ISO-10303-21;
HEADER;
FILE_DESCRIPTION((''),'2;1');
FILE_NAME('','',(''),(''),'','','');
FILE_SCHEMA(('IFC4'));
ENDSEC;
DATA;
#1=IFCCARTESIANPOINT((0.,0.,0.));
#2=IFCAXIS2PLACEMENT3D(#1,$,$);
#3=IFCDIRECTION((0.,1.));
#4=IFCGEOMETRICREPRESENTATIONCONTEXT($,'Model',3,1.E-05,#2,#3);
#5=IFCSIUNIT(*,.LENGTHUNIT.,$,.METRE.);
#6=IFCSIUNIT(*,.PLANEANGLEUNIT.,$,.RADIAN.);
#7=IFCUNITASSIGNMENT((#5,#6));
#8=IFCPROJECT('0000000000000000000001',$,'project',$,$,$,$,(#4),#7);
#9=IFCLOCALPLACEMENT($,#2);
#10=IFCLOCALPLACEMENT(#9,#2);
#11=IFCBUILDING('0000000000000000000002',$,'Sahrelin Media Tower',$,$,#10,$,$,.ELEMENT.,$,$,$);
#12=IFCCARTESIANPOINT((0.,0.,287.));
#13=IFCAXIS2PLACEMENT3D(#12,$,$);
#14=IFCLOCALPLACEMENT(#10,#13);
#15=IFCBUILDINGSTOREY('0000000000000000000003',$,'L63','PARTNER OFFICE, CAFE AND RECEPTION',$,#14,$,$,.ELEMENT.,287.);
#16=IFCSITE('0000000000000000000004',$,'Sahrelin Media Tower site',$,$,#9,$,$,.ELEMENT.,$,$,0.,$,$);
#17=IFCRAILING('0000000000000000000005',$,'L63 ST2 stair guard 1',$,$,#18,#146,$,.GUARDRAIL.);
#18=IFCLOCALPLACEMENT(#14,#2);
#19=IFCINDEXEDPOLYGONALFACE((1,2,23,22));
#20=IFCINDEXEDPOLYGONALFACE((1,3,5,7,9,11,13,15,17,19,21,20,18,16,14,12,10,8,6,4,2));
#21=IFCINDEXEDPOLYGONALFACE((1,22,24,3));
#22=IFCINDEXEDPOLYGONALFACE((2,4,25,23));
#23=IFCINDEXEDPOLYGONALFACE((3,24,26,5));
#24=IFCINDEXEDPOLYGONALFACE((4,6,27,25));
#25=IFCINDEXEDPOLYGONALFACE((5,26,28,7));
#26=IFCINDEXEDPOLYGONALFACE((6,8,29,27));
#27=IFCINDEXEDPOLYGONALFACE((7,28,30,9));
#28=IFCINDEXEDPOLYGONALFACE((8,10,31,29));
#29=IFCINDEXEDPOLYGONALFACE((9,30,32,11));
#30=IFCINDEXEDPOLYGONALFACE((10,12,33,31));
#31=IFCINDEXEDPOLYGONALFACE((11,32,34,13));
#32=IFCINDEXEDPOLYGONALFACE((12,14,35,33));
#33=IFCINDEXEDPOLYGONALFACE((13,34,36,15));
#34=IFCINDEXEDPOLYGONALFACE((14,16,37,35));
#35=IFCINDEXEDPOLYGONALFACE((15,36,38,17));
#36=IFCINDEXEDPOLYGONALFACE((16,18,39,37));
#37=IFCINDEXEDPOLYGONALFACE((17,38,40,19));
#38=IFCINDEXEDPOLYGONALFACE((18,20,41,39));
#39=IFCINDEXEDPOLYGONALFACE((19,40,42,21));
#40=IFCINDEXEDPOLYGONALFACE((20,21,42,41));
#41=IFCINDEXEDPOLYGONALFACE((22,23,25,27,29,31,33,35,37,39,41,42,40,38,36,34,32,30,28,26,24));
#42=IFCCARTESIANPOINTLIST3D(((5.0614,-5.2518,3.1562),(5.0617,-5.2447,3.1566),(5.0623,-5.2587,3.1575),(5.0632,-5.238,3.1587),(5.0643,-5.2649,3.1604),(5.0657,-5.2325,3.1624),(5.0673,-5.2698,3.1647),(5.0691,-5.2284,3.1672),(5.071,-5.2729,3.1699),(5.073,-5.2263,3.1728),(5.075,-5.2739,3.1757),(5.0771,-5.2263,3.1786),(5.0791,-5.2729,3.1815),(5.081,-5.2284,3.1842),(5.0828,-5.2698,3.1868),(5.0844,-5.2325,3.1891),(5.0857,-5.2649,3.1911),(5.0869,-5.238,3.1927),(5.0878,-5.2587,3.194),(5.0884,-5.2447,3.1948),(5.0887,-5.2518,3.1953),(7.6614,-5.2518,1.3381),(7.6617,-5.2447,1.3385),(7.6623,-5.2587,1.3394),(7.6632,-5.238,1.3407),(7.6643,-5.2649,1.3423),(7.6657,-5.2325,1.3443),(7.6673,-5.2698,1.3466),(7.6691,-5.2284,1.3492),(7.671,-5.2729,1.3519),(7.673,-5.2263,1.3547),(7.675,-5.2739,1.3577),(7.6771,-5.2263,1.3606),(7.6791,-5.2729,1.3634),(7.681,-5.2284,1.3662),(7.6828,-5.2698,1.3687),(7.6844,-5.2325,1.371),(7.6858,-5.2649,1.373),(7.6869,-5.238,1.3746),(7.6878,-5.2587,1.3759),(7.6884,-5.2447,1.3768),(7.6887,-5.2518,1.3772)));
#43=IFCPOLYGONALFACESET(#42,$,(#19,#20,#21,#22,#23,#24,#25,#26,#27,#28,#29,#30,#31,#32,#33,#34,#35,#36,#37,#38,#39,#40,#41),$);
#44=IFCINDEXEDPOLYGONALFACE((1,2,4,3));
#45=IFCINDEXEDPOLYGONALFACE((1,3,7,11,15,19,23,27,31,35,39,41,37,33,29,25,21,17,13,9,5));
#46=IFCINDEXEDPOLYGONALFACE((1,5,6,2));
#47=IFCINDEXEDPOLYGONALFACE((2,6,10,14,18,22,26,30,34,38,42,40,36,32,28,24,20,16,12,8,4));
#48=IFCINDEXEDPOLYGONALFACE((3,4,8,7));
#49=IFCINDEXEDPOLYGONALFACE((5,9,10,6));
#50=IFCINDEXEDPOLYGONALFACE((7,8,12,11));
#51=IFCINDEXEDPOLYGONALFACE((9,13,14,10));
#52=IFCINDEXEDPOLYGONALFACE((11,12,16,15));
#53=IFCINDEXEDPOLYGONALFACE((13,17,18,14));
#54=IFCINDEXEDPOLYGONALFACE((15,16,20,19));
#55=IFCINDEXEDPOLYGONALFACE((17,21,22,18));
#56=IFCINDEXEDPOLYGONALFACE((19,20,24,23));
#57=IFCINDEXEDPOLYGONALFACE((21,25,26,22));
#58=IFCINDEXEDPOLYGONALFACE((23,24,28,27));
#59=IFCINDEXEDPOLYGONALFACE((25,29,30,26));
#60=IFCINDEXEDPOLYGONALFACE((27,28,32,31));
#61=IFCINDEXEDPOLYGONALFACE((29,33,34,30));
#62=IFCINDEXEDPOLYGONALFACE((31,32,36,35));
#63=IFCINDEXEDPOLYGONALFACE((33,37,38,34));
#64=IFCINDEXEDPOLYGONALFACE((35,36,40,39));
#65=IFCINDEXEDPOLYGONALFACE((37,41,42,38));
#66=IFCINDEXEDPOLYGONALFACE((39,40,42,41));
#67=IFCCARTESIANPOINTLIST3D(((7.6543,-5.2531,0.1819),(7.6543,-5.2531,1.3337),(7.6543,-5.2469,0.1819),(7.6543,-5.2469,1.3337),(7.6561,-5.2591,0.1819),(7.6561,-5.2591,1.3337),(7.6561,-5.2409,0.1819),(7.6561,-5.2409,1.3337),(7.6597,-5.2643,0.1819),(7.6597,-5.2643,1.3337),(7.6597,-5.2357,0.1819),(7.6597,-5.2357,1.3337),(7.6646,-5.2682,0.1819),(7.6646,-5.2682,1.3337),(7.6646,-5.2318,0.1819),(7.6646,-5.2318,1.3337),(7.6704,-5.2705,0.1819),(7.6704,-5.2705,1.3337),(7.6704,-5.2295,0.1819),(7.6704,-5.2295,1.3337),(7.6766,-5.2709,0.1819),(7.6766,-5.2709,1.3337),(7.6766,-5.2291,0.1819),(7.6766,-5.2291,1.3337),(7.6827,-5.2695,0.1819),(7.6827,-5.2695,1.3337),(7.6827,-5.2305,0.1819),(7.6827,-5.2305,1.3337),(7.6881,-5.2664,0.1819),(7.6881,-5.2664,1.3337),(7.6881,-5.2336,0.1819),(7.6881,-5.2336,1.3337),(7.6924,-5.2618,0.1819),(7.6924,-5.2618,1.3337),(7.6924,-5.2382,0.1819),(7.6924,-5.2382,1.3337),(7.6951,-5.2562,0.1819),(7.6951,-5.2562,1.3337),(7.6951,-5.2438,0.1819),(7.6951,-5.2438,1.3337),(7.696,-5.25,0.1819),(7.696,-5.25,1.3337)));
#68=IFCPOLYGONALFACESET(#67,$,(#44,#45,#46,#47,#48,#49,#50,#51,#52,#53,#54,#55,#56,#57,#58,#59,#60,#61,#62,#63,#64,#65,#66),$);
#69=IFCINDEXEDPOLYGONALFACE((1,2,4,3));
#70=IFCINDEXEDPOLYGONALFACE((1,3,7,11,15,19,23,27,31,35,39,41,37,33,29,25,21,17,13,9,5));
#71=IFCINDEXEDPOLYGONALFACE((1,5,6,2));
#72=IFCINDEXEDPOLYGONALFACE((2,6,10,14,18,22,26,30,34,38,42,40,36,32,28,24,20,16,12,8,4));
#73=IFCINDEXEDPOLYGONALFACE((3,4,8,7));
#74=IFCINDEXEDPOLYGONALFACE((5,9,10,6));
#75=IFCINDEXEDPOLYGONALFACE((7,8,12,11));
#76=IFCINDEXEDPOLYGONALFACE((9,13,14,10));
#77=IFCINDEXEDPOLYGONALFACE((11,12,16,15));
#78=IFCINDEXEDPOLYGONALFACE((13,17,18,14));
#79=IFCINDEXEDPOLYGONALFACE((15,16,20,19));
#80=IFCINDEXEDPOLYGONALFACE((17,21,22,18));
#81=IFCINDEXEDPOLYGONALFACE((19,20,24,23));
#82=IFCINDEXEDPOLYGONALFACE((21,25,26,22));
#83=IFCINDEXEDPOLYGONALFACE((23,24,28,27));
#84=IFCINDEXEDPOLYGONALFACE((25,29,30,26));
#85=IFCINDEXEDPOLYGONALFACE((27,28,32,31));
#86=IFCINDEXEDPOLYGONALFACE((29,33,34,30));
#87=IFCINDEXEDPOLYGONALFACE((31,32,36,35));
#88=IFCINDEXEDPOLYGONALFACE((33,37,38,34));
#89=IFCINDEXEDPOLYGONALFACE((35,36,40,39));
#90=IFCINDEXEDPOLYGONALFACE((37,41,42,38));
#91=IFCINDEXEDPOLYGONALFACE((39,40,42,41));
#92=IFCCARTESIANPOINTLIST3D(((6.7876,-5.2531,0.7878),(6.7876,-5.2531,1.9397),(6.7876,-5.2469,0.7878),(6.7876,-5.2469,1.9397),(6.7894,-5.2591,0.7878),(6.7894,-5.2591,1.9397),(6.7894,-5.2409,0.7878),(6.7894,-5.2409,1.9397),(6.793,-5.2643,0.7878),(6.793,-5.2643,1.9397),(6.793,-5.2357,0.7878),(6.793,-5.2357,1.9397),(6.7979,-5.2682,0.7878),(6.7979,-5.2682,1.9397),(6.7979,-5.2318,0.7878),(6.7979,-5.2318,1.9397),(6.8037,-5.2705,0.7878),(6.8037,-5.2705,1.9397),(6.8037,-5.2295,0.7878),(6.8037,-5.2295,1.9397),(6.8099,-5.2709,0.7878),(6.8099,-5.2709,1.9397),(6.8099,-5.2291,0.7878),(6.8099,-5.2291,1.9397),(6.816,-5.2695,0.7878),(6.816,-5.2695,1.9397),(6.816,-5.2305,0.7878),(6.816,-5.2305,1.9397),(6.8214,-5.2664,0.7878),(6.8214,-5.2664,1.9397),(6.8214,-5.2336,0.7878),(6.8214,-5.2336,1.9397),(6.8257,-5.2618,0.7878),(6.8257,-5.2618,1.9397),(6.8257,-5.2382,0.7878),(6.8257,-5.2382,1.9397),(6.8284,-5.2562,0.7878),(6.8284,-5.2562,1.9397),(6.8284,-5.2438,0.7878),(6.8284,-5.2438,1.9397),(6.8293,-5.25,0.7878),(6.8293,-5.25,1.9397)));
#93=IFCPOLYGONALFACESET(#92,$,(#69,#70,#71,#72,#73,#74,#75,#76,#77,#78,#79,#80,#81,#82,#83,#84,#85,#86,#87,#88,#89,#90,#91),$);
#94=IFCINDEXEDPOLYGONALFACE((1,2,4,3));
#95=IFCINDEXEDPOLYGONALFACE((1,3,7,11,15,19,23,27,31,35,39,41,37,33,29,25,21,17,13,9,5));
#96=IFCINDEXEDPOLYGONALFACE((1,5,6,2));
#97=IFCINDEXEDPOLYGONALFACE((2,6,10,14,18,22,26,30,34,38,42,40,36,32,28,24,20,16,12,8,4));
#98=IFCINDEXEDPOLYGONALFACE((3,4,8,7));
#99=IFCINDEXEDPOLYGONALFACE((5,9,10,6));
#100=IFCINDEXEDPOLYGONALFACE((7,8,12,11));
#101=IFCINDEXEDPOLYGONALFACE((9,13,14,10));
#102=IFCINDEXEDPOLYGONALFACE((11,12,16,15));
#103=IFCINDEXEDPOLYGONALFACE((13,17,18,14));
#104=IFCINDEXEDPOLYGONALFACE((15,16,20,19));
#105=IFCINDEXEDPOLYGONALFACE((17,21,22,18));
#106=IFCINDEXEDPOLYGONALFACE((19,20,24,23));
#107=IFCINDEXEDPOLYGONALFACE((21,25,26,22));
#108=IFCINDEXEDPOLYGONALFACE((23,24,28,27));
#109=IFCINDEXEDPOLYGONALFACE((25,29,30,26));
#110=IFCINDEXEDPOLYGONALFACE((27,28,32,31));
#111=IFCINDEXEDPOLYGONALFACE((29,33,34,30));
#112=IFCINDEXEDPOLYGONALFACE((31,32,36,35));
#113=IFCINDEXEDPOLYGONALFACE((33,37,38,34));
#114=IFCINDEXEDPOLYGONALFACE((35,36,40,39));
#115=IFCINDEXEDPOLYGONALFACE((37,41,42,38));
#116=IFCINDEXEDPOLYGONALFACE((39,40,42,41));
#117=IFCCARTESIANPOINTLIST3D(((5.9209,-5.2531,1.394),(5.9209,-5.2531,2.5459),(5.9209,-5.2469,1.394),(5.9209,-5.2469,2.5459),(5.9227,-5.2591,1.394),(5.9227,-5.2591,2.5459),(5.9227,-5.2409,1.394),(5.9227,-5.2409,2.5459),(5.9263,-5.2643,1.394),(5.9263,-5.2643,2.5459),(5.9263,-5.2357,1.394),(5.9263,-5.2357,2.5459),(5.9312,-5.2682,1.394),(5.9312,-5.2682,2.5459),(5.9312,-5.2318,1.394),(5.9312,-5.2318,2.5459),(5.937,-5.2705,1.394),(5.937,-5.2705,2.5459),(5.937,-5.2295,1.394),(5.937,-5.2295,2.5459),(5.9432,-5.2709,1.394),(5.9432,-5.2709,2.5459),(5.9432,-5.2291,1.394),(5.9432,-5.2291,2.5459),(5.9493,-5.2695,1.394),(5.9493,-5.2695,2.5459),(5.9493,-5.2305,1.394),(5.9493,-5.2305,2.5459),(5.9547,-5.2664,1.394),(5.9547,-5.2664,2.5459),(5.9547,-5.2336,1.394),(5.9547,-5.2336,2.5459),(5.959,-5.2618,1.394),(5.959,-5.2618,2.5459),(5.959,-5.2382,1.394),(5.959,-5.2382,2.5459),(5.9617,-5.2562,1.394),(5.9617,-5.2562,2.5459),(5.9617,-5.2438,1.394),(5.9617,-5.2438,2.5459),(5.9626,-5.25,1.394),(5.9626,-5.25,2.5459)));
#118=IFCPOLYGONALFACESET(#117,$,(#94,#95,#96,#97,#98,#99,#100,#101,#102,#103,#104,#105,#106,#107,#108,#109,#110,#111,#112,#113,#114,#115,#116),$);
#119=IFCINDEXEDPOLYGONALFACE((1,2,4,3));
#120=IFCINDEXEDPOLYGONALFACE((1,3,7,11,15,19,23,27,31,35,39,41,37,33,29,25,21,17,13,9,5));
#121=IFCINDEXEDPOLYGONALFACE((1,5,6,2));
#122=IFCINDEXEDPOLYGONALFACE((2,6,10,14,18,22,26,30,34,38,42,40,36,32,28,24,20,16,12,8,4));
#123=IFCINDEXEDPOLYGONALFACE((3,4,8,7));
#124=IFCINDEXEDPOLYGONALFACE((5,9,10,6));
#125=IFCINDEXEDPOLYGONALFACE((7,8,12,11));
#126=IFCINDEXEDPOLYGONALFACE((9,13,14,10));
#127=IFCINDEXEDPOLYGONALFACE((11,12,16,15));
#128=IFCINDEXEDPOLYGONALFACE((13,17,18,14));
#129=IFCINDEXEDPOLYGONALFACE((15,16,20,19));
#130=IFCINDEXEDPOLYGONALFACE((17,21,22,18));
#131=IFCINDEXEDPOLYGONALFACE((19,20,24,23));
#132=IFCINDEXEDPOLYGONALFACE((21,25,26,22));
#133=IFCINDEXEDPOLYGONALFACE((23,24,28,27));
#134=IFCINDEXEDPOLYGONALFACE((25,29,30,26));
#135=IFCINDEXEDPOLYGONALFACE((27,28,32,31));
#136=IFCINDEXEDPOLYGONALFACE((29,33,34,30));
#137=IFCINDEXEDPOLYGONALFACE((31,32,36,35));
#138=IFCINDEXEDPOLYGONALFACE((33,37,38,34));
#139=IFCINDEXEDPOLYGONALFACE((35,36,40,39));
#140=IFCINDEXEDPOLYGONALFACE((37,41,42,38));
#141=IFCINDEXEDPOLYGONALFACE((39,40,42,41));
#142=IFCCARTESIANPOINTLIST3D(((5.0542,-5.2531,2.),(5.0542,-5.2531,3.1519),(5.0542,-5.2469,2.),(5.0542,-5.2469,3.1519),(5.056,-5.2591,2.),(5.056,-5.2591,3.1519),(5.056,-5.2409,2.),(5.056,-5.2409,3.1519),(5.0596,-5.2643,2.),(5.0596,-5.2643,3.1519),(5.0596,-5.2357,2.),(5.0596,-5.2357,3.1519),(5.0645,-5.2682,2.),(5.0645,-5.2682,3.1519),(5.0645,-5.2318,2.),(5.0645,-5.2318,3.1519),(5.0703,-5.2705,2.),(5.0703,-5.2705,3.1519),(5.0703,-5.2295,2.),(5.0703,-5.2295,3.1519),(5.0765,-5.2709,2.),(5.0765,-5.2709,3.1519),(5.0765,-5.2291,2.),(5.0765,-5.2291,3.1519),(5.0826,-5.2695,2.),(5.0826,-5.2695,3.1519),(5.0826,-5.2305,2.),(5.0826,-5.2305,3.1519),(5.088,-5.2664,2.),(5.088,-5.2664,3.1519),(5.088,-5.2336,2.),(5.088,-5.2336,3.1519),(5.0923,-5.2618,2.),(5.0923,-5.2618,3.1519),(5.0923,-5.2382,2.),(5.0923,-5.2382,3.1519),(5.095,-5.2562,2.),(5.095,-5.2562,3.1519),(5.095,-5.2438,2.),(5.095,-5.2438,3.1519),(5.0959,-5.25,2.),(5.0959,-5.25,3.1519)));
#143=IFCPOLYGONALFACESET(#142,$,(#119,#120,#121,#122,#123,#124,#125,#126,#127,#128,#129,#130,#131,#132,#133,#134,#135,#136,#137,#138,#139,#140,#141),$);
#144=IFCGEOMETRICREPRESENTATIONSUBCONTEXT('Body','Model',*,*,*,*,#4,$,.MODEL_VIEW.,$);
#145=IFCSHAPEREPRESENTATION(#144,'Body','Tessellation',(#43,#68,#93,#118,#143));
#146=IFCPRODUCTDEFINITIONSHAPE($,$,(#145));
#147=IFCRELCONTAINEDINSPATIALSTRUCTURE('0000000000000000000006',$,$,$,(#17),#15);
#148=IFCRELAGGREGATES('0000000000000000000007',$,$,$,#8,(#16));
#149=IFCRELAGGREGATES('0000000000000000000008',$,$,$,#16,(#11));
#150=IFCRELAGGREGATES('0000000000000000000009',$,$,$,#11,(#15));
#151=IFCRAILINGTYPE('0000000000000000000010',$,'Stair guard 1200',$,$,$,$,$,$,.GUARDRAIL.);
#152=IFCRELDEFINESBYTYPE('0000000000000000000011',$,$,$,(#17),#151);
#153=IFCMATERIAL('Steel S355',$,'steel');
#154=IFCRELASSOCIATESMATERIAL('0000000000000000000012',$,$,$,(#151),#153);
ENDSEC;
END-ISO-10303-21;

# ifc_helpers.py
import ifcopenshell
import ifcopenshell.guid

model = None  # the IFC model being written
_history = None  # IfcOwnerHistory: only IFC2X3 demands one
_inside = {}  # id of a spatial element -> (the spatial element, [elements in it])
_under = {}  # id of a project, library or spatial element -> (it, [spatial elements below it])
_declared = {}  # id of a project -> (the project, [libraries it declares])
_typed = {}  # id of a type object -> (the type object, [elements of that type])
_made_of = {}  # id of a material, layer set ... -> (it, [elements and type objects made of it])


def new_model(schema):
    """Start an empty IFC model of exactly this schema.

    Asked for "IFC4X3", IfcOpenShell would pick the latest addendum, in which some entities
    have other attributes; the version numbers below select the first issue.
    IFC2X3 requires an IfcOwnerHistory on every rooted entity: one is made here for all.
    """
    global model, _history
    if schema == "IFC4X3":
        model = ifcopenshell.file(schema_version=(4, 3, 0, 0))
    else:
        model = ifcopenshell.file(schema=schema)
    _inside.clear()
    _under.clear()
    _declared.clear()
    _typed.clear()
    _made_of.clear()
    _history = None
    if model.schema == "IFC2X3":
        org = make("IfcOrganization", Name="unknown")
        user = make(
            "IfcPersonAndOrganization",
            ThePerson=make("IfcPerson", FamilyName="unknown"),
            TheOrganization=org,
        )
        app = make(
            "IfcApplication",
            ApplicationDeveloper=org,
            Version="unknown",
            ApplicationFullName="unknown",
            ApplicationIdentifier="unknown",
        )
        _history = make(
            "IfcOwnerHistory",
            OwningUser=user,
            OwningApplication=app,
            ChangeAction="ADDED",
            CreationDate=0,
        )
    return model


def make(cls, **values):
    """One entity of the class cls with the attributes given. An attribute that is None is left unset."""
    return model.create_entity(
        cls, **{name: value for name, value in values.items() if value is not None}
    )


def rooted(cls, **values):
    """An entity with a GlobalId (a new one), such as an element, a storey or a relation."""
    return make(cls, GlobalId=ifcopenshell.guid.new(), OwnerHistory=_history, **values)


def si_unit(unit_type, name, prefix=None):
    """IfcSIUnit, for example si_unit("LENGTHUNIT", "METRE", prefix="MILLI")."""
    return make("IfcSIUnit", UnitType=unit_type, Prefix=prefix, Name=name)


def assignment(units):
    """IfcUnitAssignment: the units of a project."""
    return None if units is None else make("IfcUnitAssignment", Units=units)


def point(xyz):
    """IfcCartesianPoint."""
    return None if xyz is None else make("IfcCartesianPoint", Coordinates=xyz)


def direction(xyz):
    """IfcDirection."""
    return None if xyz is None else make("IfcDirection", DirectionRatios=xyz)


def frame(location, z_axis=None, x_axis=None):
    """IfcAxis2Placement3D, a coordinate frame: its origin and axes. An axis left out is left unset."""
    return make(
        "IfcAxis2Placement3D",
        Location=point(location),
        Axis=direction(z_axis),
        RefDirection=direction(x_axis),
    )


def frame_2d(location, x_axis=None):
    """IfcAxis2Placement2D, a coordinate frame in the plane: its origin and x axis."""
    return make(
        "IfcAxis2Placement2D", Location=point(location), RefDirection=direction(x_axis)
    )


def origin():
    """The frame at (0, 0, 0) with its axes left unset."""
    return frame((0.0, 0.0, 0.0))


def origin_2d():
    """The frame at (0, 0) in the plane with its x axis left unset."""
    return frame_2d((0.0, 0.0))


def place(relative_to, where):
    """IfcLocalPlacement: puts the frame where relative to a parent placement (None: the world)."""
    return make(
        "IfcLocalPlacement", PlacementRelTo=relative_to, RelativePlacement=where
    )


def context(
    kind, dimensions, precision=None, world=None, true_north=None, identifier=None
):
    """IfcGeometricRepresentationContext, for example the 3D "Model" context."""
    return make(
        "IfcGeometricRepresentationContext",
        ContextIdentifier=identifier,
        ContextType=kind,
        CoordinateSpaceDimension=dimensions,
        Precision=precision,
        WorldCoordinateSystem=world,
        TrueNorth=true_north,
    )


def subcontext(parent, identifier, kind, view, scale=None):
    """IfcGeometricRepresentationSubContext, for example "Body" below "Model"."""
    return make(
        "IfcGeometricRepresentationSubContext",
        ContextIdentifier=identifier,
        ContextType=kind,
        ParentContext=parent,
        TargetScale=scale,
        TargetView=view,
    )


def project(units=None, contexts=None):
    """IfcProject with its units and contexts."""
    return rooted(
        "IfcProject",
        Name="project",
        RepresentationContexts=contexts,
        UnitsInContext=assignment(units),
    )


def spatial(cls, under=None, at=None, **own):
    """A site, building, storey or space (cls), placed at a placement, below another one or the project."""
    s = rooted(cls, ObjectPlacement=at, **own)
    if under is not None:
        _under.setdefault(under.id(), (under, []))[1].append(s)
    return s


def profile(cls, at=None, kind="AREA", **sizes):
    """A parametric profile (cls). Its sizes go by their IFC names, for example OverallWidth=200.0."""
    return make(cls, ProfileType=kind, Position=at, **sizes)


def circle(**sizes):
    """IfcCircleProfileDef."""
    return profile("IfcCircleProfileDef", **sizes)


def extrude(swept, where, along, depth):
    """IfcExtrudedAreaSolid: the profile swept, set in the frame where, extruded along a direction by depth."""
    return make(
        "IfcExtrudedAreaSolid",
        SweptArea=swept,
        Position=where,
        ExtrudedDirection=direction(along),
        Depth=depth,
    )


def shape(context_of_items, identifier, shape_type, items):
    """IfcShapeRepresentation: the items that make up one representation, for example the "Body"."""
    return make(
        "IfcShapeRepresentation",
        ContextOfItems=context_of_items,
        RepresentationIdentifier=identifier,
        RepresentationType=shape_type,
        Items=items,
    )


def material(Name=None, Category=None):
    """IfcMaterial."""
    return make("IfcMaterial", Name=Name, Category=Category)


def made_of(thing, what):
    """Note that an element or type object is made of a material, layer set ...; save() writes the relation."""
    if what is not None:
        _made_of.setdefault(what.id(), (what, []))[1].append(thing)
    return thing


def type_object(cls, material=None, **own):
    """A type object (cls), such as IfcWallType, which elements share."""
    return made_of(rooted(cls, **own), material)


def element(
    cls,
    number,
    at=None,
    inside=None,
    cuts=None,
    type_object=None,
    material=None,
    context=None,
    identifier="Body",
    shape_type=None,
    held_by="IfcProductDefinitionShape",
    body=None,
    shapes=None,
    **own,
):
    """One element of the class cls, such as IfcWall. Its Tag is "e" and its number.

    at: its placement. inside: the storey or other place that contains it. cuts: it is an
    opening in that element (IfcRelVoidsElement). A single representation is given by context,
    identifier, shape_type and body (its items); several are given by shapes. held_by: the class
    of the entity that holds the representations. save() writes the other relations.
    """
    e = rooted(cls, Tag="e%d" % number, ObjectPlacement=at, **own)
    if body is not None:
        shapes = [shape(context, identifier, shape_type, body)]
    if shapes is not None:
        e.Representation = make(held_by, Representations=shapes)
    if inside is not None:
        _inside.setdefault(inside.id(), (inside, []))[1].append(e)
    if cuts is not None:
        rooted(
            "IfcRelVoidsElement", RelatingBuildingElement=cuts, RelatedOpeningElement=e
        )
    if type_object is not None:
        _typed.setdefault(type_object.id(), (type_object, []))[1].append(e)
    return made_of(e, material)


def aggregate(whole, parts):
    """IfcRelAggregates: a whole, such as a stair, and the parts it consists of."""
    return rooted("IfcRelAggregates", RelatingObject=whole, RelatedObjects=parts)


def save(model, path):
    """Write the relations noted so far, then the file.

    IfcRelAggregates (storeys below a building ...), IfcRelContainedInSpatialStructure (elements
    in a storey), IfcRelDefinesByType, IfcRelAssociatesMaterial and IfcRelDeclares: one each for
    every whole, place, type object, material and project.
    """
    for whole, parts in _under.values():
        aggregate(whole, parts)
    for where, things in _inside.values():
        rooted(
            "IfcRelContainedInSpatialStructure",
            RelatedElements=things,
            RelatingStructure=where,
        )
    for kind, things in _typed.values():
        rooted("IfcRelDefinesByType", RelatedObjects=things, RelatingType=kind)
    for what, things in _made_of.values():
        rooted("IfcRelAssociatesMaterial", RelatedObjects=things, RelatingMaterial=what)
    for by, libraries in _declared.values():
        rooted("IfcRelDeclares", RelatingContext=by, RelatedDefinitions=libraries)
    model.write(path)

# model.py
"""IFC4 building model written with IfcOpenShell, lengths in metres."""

from ifc_helpers import new_model, si_unit, direction, frame, origin, origin_2d, place, context, subcontext, project, spatial, circle, extrude, material, type_object, element, save


model = new_model("IFC4")

# Units and contexts
model_context = context("Model", 3, precision=1e-05, world=origin(), true_north=direction((0.0, 1.0)))
body_context = subcontext(model_context, "Body", "Model", "MODEL_VIEW")
ifc_project = project(units=[si_unit("LENGTHUNIT", "METRE"), si_unit("PLANEANGLEUNIT", "RADIAN")], contexts=[model_context])

# Site, building, storey
site_placement = place(None, origin())
site = spatial("IfcSite", under=ifc_project, at=site_placement, Name="Sahrelin Media Tower site", CompositionType="ELEMENT", RefElevation=0.0)
building_placement = place(site_placement, origin())
building = spatial("IfcBuilding", under=site, at=building_placement, Name="Sahrelin Media Tower", CompositionType="ELEMENT")
storey_placement = place(building_placement, frame((0.0, 0.0, 287.0)))
storey = spatial("IfcBuildingStorey", under=building, at=storey_placement, Name="L63", Description="PARTNER OFFICE, CAFE AND RECEPTION", CompositionType="ELEMENT", Elevation=287.0)

# Railing
ifc_material_1 = material(Name="Steel S355", Category="steel")
railing_type_1 = type_object("IfcRailingType", Name="Stair guard 1200", PredefinedType="GUARDRAIL", material=ifc_material_1)
railing_1_placement = place(storey_placement, frame((7.675, -5.25, 0.1819)))
element("IfcRailing", 1, at=railing_1_placement, inside=storey, type_object=railing_type_1, Name="L63 ST2 stair guard 1", PredefinedType="GUARDRAIL", context=body_context, shape_type="SweptSolid", body=[
    extrude(circle(Radius=0.0239, at=origin_2d()), frame((0.0, 0.0, 1.1758), z_axis=(-0.819521, 0.0, 0.573049), x_axis=(0.0, -1.0, 0.0)), (0.0, 0.0, 1.0), 3.1726),
    extrude(circle(Radius=0.021, at=origin_2d()), origin(), (0.0, 0.0, 1.0), 1.1519),
    extrude(circle(Radius=0.021, at=origin_2d()), frame((-0.8667, 0.0, 0.606)), (0.0, 0.0, 1.0), 1.1519),
    extrude(circle(Radius=0.021, at=origin_2d()), frame((-1.7334, 0.0, 1.2122)), (0.0, 0.0, 1.0), 1.1519),
    extrude(circle(Radius=0.021, at=origin_2d()), frame((-2.6001, 0.0, 1.8181)), (0.0, 0.0, 1.0), 1.1519),
])

save(model, "model.ifc")
